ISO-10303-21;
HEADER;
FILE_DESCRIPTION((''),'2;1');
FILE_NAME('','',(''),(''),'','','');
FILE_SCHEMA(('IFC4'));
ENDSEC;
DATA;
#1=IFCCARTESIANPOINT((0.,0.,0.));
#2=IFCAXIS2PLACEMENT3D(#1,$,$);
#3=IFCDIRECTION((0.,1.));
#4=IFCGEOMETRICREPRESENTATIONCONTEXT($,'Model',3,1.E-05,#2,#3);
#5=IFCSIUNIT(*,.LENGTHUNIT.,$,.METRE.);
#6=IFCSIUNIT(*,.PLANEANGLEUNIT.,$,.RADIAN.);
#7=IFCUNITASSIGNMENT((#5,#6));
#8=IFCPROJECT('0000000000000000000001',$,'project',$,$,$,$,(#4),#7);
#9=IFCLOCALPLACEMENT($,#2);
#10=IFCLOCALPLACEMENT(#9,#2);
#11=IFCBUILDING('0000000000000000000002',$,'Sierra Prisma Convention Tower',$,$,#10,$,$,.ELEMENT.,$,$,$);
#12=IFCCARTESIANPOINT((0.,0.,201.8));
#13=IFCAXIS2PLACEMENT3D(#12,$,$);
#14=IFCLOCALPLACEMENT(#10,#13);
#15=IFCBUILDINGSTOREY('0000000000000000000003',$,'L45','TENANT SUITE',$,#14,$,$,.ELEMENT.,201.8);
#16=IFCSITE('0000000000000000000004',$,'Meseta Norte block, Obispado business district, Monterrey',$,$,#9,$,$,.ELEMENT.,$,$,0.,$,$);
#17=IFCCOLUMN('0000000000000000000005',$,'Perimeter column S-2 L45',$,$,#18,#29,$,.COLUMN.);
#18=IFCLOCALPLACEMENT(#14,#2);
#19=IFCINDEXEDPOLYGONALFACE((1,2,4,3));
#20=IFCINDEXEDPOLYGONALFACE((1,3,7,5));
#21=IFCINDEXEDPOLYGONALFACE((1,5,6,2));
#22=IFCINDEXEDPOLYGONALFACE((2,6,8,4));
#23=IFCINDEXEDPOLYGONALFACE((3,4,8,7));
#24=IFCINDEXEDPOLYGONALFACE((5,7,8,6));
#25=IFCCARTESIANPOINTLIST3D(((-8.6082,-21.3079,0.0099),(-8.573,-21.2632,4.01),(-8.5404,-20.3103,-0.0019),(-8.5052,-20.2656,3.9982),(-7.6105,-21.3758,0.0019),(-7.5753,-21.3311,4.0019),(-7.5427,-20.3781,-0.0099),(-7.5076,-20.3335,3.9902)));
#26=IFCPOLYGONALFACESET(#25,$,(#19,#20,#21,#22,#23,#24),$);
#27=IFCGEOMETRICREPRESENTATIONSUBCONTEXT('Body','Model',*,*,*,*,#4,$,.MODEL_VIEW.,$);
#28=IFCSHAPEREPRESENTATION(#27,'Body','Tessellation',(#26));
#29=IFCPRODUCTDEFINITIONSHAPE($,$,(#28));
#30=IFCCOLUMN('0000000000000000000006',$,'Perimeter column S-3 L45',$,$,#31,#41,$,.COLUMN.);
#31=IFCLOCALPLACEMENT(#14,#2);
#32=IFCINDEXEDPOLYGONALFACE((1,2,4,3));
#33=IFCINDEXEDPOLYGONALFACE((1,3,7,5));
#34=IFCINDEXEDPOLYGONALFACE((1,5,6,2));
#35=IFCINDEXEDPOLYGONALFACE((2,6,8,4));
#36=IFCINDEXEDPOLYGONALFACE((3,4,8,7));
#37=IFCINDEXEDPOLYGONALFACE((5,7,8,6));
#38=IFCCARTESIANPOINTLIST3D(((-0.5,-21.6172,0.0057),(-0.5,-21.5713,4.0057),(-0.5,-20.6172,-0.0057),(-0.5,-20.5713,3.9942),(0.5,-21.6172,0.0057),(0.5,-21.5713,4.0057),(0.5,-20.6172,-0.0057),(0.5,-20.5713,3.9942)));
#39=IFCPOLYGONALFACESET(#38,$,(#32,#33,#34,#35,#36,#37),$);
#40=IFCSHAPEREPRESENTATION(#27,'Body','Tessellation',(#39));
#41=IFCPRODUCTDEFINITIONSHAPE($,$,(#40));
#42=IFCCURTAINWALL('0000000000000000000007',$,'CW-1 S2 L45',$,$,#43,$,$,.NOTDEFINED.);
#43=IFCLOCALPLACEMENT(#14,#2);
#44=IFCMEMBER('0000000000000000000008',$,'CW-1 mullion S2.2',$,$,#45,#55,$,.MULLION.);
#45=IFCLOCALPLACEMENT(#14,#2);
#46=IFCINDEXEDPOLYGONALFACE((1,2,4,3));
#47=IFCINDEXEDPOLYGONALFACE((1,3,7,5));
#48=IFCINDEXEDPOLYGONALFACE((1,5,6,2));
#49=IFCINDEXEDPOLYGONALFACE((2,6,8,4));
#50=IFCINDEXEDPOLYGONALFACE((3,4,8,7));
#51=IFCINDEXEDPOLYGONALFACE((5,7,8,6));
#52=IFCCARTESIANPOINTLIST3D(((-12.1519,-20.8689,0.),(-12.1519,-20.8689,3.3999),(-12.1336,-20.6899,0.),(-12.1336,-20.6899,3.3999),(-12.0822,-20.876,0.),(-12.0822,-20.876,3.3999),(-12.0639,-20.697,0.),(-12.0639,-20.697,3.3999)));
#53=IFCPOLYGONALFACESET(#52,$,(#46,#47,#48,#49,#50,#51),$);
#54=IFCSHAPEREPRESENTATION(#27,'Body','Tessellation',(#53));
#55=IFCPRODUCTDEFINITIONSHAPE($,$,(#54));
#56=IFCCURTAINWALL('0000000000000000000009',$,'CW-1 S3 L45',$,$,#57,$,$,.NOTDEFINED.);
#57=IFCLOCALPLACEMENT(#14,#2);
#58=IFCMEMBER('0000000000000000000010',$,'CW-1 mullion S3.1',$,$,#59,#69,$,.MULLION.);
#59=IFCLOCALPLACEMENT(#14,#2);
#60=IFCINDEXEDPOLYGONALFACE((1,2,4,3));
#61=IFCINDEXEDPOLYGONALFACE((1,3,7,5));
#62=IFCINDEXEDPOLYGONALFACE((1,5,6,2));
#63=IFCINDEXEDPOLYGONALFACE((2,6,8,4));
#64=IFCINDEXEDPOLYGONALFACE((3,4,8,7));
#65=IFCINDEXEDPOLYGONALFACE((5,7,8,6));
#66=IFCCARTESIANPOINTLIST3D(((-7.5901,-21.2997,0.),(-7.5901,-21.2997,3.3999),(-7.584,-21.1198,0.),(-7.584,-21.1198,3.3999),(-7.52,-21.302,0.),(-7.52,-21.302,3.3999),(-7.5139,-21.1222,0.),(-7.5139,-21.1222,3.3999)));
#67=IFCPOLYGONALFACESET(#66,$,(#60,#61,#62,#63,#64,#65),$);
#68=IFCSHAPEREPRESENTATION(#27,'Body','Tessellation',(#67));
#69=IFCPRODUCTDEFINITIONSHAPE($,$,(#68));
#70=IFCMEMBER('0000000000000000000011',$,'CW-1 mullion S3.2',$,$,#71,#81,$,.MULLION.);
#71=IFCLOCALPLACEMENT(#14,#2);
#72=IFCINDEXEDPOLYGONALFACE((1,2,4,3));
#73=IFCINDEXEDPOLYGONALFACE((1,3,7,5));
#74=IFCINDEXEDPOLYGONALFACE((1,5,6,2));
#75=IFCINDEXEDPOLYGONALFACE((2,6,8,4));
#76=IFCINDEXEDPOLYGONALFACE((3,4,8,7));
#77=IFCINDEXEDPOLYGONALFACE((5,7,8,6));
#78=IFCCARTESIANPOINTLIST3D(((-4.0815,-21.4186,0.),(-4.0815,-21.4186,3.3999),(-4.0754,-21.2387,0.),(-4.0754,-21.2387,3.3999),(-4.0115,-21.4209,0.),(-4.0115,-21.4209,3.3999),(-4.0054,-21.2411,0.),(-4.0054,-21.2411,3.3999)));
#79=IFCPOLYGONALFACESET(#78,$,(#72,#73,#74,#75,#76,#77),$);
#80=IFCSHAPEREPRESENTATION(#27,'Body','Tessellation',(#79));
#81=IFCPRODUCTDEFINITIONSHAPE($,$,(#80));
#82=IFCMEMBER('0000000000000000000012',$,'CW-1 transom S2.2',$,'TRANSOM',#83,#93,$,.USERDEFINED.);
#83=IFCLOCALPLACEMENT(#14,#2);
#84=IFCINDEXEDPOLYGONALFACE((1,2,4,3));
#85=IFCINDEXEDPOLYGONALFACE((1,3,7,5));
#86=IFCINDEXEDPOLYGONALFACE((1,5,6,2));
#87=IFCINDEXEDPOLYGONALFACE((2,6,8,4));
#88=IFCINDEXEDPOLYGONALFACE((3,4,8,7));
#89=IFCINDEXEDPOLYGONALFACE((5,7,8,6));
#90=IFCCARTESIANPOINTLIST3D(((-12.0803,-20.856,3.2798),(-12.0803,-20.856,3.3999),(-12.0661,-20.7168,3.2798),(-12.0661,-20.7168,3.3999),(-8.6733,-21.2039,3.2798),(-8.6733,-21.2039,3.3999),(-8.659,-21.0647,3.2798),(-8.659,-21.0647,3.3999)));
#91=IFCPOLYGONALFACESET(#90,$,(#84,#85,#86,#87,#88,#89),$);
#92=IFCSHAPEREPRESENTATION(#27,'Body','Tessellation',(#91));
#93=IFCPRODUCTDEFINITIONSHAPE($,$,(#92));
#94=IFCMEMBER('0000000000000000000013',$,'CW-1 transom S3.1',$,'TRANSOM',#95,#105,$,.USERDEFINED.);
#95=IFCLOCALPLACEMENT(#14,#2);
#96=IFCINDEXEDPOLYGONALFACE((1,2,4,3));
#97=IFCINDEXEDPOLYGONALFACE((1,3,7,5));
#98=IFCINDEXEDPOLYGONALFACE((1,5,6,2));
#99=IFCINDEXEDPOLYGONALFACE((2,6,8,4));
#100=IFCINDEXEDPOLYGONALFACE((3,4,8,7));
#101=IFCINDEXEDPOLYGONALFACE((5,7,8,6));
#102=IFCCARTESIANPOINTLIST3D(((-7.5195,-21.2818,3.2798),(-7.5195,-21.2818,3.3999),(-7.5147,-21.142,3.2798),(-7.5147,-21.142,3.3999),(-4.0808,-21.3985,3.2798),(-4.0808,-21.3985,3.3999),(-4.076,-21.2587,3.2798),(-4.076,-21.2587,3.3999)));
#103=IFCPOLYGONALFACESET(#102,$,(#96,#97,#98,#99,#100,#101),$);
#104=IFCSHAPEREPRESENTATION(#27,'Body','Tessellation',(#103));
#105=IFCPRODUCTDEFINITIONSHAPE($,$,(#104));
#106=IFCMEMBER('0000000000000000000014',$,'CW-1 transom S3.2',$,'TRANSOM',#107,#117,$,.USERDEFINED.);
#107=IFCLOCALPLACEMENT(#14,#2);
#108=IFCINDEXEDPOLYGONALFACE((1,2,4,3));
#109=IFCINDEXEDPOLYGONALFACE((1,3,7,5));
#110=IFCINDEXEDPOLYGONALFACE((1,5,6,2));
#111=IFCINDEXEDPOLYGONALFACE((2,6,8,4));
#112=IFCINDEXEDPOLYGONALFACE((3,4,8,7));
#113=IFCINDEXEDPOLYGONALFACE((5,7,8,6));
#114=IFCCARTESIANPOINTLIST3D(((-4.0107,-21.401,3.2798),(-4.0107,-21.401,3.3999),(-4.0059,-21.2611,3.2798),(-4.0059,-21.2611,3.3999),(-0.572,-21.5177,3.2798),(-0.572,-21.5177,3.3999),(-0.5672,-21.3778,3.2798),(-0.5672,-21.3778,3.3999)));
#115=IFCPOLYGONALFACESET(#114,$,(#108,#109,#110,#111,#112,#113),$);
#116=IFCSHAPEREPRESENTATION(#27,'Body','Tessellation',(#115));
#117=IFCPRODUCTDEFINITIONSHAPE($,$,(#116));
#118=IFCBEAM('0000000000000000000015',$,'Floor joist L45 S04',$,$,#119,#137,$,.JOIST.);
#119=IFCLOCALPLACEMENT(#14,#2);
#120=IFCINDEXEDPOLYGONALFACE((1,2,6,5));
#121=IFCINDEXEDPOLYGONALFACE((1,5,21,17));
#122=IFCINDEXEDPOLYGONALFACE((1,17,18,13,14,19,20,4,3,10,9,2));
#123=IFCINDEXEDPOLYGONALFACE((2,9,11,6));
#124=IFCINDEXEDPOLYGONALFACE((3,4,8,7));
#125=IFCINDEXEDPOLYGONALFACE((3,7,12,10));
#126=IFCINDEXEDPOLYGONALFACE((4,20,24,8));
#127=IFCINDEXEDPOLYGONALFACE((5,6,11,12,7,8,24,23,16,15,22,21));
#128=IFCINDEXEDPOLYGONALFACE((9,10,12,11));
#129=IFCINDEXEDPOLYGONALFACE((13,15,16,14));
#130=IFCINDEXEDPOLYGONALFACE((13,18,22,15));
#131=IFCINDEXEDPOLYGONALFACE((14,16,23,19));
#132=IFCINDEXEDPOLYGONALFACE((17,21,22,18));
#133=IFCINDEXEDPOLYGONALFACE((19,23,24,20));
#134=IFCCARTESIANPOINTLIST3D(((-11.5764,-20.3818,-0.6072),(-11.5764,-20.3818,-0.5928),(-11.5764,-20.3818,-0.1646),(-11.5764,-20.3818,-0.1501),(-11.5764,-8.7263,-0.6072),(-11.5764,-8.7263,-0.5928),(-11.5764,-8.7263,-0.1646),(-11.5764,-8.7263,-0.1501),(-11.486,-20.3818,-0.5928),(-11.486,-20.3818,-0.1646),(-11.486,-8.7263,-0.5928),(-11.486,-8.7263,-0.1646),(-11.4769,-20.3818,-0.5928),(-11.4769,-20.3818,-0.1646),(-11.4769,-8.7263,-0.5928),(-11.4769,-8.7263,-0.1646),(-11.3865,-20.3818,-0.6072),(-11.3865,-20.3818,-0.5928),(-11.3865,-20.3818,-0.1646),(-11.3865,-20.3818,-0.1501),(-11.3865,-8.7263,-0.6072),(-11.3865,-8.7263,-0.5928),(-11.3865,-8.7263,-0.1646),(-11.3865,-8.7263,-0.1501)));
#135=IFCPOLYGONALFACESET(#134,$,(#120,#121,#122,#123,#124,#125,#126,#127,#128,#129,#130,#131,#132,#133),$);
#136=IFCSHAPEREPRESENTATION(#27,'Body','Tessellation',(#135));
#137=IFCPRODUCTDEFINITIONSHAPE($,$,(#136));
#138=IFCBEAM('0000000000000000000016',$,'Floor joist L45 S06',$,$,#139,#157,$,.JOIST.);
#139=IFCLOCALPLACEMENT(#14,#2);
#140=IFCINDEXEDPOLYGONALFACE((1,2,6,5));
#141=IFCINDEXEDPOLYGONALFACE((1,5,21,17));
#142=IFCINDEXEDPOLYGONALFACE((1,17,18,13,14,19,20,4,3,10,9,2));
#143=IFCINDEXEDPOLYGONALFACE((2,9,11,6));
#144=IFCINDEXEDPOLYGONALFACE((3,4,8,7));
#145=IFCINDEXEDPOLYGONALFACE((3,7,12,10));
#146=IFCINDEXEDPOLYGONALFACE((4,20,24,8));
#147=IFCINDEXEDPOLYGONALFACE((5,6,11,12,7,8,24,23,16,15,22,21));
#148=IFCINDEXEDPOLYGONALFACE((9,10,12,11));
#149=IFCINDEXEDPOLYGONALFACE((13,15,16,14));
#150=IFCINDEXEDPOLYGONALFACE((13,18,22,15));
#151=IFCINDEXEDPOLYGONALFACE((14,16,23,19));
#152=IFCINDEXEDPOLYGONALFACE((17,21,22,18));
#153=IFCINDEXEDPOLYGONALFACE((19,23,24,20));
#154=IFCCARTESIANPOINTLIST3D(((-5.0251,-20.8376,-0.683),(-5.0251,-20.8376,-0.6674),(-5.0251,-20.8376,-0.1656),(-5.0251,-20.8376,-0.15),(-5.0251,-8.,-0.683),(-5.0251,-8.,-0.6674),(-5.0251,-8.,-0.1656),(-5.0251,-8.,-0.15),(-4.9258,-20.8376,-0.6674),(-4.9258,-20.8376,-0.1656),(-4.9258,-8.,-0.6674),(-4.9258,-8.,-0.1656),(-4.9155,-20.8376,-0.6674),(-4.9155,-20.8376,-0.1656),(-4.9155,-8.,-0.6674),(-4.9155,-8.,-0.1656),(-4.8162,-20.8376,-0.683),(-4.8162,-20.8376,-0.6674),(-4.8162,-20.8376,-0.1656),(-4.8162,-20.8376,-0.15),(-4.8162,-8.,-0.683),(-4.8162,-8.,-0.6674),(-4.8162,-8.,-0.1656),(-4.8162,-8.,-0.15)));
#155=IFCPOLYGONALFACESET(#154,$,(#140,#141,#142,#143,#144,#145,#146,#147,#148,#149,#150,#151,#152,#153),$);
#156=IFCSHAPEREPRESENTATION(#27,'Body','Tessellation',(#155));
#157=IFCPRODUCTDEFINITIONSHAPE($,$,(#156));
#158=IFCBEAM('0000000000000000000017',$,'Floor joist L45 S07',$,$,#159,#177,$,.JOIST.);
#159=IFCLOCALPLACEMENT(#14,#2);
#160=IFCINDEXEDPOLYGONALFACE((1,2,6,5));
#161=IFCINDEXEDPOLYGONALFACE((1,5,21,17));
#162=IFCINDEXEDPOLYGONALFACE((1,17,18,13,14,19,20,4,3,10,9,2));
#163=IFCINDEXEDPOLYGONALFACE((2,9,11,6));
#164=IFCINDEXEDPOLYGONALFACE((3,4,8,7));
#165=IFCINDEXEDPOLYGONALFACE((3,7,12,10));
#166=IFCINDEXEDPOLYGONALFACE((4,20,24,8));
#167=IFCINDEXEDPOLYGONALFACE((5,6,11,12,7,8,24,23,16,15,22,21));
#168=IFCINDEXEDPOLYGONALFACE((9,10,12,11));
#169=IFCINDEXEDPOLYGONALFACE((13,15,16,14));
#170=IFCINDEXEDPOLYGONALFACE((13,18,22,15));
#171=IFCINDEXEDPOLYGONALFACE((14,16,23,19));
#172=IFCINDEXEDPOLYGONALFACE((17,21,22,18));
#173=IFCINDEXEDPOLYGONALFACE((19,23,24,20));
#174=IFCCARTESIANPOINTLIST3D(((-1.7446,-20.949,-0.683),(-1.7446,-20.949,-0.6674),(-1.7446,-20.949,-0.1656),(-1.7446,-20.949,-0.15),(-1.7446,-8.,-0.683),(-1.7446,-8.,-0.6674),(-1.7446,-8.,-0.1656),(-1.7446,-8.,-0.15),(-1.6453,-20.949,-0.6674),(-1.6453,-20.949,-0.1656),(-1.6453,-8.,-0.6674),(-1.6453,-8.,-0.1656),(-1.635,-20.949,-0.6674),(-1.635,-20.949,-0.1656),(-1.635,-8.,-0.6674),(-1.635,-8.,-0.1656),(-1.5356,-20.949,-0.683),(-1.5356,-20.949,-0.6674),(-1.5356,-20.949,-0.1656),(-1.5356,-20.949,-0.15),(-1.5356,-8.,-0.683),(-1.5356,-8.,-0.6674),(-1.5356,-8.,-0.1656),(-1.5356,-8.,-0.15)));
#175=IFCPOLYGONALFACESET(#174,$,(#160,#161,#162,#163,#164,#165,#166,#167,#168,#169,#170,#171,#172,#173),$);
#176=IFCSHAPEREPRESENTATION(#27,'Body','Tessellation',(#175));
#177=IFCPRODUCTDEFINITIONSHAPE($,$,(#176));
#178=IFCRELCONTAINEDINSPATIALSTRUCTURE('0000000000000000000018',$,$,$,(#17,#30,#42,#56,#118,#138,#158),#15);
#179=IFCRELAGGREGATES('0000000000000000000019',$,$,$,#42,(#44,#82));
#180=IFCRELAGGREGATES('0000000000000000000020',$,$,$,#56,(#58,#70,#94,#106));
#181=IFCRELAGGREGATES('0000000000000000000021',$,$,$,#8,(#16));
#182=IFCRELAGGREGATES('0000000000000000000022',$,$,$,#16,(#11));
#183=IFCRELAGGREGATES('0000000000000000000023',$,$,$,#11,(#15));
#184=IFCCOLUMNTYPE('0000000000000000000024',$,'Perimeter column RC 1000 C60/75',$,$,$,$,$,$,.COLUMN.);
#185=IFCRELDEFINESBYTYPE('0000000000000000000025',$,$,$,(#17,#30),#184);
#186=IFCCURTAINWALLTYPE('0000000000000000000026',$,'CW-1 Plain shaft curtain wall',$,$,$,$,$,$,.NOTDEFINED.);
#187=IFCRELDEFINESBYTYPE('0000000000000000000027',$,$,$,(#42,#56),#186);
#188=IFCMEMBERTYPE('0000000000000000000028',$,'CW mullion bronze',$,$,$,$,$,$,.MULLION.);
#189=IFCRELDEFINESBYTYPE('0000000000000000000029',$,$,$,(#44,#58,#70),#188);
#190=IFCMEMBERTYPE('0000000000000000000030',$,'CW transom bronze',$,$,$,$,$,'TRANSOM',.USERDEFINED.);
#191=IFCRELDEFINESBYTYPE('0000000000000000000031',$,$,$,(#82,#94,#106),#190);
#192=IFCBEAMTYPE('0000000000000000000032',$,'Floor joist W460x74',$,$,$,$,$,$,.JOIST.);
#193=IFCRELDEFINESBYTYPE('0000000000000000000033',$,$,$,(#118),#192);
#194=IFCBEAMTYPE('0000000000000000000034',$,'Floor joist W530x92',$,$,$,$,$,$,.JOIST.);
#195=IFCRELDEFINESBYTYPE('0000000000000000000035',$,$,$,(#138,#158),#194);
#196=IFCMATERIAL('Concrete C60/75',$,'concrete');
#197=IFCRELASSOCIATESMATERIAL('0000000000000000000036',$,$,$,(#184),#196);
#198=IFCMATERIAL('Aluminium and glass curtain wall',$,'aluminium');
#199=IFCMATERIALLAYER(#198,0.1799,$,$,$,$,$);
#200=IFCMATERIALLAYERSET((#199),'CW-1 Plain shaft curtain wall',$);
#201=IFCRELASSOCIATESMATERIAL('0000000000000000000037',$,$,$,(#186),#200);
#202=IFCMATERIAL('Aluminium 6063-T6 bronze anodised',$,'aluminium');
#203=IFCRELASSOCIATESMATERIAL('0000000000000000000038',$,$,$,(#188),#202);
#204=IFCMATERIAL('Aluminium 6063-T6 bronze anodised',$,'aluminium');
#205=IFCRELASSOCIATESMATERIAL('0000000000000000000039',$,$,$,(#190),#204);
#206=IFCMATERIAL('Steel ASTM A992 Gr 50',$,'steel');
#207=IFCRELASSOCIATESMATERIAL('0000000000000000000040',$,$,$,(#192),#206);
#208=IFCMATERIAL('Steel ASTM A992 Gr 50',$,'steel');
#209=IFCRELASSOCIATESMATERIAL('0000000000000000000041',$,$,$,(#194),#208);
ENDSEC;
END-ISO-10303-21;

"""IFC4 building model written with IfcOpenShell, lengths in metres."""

from ifc_helpers import new_model, si_unit, direction, frame, origin, origin_2d, place, context, subcontext, project, spatial, rectangle, i_section, extrude, material, layer, layer_set, material_profile, profile_set, type_object, element, aggregate, save


model = new_model("IFC4")

# Units and contexts
model_context = context("Model", 3, precision=1e-05, world=origin(), true_north=direction((0.0, 1.0)))
body_context = subcontext(model_context, "Body", "Model", "MODEL_VIEW")
ifc_project = project(units=[si_unit("LENGTHUNIT", "METRE"), si_unit("PLANEANGLEUNIT", "RADIAN")], contexts=[model_context])

# Site, building, storey
site_placement = place(None, origin())
site = spatial("IfcSite", under=ifc_project, at=site_placement, Name="Meseta Norte block, Obispado business district, Monterrey", CompositionType="ELEMENT", RefElevation=0.0)
building_placement = place(site_placement, origin())
building = spatial("IfcBuilding", under=site, at=building_placement, Name="Sierra Prisma Convention Tower", CompositionType="ELEMENT")
storey_placement = place(building_placement, frame((0.0, 0.0, 201.8)))
storey = spatial("IfcBuildingStorey", under=building, at=storey_placement, Name="L45", Description="TENANT SUITE", CompositionType="ELEMENT", Elevation=201.8)

# Columns
ifc_material_1 = material(Name="Concrete C60/75", Category="concrete")
ifc_material_profile_1 = material_profile(ifc_material_1, rectangle(XDim=1.0, YDim=1.0, at=origin_2d()), Name="Perimeter column RC 1000 C60/75")
ifc_profile_set_1 = profile_set([ifc_material_profile_1], Name="Concrete C60/75")
column_type = type_object("IfcColumnType", Name="Perimeter column RC 1000 C60/75", PredefinedType="COLUMN", material=ifc_profile_set_1)
column_1_placement = place(storey_placement, frame((-8.0754, -20.843, 0.0), z_axis=(0.008788, 0.011168, 0.999899), x_axis=(-0.997661, 0.067891, 0.00801)))
element("IfcColumn", 1, at=column_1_placement, inside=storey, type_object=column_type, Name="Perimeter column S-2 L45", PredefinedType="COLUMN", context=body_context, shape_type="SweptSolid", body=[
    extrude(rectangle(XDim=1.0, YDim=1.0, at=origin_2d()), origin(), (0.0, 0.0, 1.0), 4.0005),
])
column_2_placement = place(storey_placement, frame((0.0, -21.1172, 0.0), z_axis=(0.0, 0.011474, 0.999934), x_axis=(1.0, 0.0, 0.0)))
element("IfcColumn", 2, at=column_2_placement, inside=storey, type_object=column_type, Name="Perimeter column S-3 L45", PredefinedType="COLUMN", context=body_context, shape_type="SweptSolid", body=[
    extrude(rectangle(XDim=1.0, YDim=1.0, at=origin_2d()), origin(), (0.0, 0.0, 1.0), 4.0002),
])

# Curtain wall, member
ifc_material_2 = material(Name="Aluminium and glass curtain wall", Category="aluminium")
ifc_layer_1 = layer(ifc_material_2, 0.1799)
ifc_layer_set_1 = layer_set([ifc_layer_1], Name="CW-1 Plain shaft curtain wall")
curtain_wall_type = type_object("IfcCurtainWallType", Name="CW-1 Plain shaft curtain wall", PredefinedType="NOTDEFINED", material=ifc_layer_set_1)
curtain_wall_1_placement = place(storey_placement, origin())
curtain_wall_1 = element("IfcCurtainWall", 3, at=curtain_wall_1_placement, inside=storey, type_object=curtain_wall_type, Name="CW-1 S2 L45", PredefinedType="NOTDEFINED")
ifc_material_3 = material(Name="Aluminium 6063-T6 bronze anodised", Category="aluminium")
ifc_material_profile_2 = material_profile(ifc_material_3, rectangle(XDim=0.1799, YDim=0.0701, at=origin_2d()), Name="ALU MULLION 70x180")
ifc_profile_set_2 = profile_set([ifc_material_profile_2], Name="Aluminium 6063-T6 bronze anodised")
member_type_1 = type_object("IfcMemberType", Name="CW mullion bronze", PredefinedType="MULLION", material=ifc_profile_set_2)
member_1_placement = place(storey_placement, frame((-12.1079, -20.783, 0.0), z_axis=(0.0, 0.0, 1.0), x_axis=(0.101598, 0.994826, 0.0)))
member_1 = element("IfcMember", 4, at=member_1_placement, type_object=member_type_1, Name="CW-1 mullion S2.2", PredefinedType="MULLION", context=body_context, shape_type="SweptSolid", body=[
    extrude(rectangle(XDim=0.1799, YDim=0.0701, at=origin_2d()), origin(), (0.0, 0.0, 1.0), 3.3999),
])

# Curtain wall, members
curtain_wall_2_placement = place(storey_placement, origin())
curtain_wall_2 = element("IfcCurtainWall", 5, at=curtain_wall_2_placement, inside=storey, type_object=curtain_wall_type, Name="CW-1 S3 L45", PredefinedType="NOTDEFINED")
member_2_placement = place(storey_placement, frame((-7.552, -21.2109, 0.0), z_axis=(0.0, 0.0, 1.0), x_axis=(0.033918, 0.999425, 0.0)))
member_2 = element("IfcMember", 6, at=member_2_placement, type_object=member_type_1, Name="CW-1 mullion S3.1", PredefinedType="MULLION", context=body_context, shape_type="SweptSolid", body=[
    extrude(rectangle(XDim=0.1799, YDim=0.0701, at=origin_2d()), origin(), (0.0, 0.0, 1.0), 3.3999),
])
member_3_placement = place(storey_placement, frame((-4.0435, -21.3298, 0.0), z_axis=(0.0, 0.0, 1.0), x_axis=(0.033918, 0.999425, 0.0)))
member_3 = element("IfcMember", 7, at=member_3_placement, type_object=member_type_1, Name="CW-1 mullion S3.2", PredefinedType="MULLION", context=body_context, shape_type="SweptSolid", body=[
    extrude(rectangle(XDim=0.1799, YDim=0.0701, at=origin_2d()), origin(), (0.0, 0.0, 1.0), 3.3999),
])

# Members
ifc_material_4 = material(Name="Aluminium 6063-T6 bronze anodised", Category="aluminium")
ifc_material_profile_3 = material_profile(ifc_material_4, rectangle(XDim=0.1399, YDim=0.1201, at=origin_2d()), Name="ALU TRANSOM 120x140")
ifc_profile_set_3 = profile_set([ifc_material_profile_3], Name="Aluminium 6063-T6 bronze anodised")
member_type_2 = type_object("IfcMemberType", Name="CW transom bronze", ElementType="TRANSOM", PredefinedType="USERDEFINED", material=ifc_profile_set_3)
member_4_placement = place(storey_placement, frame((-12.0732, -20.7864, 3.3398), z_axis=(0.994827, -0.101586, 0.0), x_axis=(0.101586, 0.994827, 0.0)))
member_4 = element("IfcMember", 8, at=member_4_placement, type_object=member_type_2, Name="CW-1 transom S2.2", ObjectType="TRANSOM", PredefinedType="USERDEFINED", context=body_context, shape_type="SweptSolid", body=[
    extrude(rectangle(XDim=0.1399, YDim=0.1201, at=origin_2d()), origin(), (0.0, 0.0, 1.0), 3.4248),
])
member_5_placement = place(storey_placement, frame((-7.5171, -21.2119, 3.3398), z_axis=(0.999425, -0.033917, 0.0), x_axis=(0.033917, 0.999425, 0.0)))
member_5 = element("IfcMember", 9, at=member_5_placement, type_object=member_type_2, Name="CW-1 transom S3.1", ObjectType="TRANSOM", PredefinedType="USERDEFINED", context=body_context, shape_type="SweptSolid", body=[
    extrude(rectangle(XDim=0.1399, YDim=0.1201, at=origin_2d()), origin(), (0.0, 0.0, 1.0), 3.4407),
])
member_6_placement = place(storey_placement, frame((-4.0083, -21.3311, 3.3398), z_axis=(0.999425, -0.033917, 0.0), x_axis=(0.033917, 0.999425, 0.0)))
member_6 = element("IfcMember", 10, at=member_6_placement, type_object=member_type_2, Name="CW-1 transom S3.2", ObjectType="TRANSOM", PredefinedType="USERDEFINED", context=body_context, shape_type="SweptSolid", body=[
    extrude(rectangle(XDim=0.1399, YDim=0.1201, at=origin_2d()), origin(), (0.0, 0.0, 1.0), 3.4407),
])

# Beams
ifc_material_5 = material(Name="Steel ASTM A992 Gr 50", Category="steel")
ifc_material_profile_4 = material_profile(ifc_material_5, i_section(OverallWidth=0.1899, OverallDepth=0.457, WebThickness=0.009, FlangeThickness=0.0144, at=origin_2d()), Name="W460x74")
ifc_profile_set_4 = profile_set([ifc_material_profile_4], Name="Steel ASTM A992 Gr 50")
beam_type_1 = type_object("IfcBeamType", Name="Floor joist W460x74", PredefinedType="JOIST", material=ifc_profile_set_4)
beam_1_placement = place(storey_placement, frame((-11.4814, -20.3818, -0.3787), z_axis=(0.0, 1.0, 0.0), x_axis=(-1.0, 0.0, 0.0)))
element("IfcBeam", 11, at=beam_1_placement, inside=storey, type_object=beam_type_1, Name="Floor joist L45 S04", PredefinedType="JOIST", context=body_context, shape_type="SweptSolid", body=[
    extrude(i_section(OverallWidth=0.1899, OverallDepth=0.457, WebThickness=0.009, FlangeThickness=0.0144, at=origin_2d()), origin(), (0.0, 0.0, 1.0), 11.6555),
])
ifc_material_6 = material(Name="Steel ASTM A992 Gr 50", Category="steel")
ifc_material_profile_5 = material_profile(ifc_material_6, i_section(OverallWidth=0.209, OverallDepth=0.533, WebThickness=0.0103, FlangeThickness=0.0156, at=origin_2d()), Name="W530x92")
ifc_profile_set_5 = profile_set([ifc_material_profile_5], Name="Steel ASTM A992 Gr 50")
beam_type_2 = type_object("IfcBeamType", Name="Floor joist W530x92", PredefinedType="JOIST", material=ifc_profile_set_5)
beam_2_placement = place(storey_placement, frame((-4.9207, -20.8376, -0.4165), z_axis=(0.0, 1.0, 0.0), x_axis=(-1.0, 0.0, 0.0)))
element("IfcBeam", 12, at=beam_2_placement, inside=storey, type_object=beam_type_2, Name="Floor joist L45 S06", PredefinedType="JOIST", context=body_context, shape_type="SweptSolid", body=[
    extrude(i_section(OverallWidth=0.209, OverallDepth=0.533, WebThickness=0.0103, FlangeThickness=0.0156, at=origin_2d()), origin(), (0.0, 0.0, 1.0), 12.8376),
])
beam_3_placement = place(storey_placement, frame((-1.6401, -20.949, -0.4165), z_axis=(0.0, 1.0, 0.0), x_axis=(-1.0, 0.0, 0.0)))
element("IfcBeam", 13, at=beam_3_placement, inside=storey, type_object=beam_type_2, Name="Floor joist L45 S07", PredefinedType="JOIST", context=body_context, shape_type="SweptSolid", body=[
    extrude(i_section(OverallWidth=0.209, OverallDepth=0.533, WebThickness=0.0103, FlangeThickness=0.0156, at=origin_2d()), origin(), (0.0, 0.0, 1.0), 12.949),
])

aggregate(curtain_wall_1, [member_1, member_4])
aggregate(curtain_wall_2, [member_2, member_3, member_5, member_6])

save(model, "model.ifc")
